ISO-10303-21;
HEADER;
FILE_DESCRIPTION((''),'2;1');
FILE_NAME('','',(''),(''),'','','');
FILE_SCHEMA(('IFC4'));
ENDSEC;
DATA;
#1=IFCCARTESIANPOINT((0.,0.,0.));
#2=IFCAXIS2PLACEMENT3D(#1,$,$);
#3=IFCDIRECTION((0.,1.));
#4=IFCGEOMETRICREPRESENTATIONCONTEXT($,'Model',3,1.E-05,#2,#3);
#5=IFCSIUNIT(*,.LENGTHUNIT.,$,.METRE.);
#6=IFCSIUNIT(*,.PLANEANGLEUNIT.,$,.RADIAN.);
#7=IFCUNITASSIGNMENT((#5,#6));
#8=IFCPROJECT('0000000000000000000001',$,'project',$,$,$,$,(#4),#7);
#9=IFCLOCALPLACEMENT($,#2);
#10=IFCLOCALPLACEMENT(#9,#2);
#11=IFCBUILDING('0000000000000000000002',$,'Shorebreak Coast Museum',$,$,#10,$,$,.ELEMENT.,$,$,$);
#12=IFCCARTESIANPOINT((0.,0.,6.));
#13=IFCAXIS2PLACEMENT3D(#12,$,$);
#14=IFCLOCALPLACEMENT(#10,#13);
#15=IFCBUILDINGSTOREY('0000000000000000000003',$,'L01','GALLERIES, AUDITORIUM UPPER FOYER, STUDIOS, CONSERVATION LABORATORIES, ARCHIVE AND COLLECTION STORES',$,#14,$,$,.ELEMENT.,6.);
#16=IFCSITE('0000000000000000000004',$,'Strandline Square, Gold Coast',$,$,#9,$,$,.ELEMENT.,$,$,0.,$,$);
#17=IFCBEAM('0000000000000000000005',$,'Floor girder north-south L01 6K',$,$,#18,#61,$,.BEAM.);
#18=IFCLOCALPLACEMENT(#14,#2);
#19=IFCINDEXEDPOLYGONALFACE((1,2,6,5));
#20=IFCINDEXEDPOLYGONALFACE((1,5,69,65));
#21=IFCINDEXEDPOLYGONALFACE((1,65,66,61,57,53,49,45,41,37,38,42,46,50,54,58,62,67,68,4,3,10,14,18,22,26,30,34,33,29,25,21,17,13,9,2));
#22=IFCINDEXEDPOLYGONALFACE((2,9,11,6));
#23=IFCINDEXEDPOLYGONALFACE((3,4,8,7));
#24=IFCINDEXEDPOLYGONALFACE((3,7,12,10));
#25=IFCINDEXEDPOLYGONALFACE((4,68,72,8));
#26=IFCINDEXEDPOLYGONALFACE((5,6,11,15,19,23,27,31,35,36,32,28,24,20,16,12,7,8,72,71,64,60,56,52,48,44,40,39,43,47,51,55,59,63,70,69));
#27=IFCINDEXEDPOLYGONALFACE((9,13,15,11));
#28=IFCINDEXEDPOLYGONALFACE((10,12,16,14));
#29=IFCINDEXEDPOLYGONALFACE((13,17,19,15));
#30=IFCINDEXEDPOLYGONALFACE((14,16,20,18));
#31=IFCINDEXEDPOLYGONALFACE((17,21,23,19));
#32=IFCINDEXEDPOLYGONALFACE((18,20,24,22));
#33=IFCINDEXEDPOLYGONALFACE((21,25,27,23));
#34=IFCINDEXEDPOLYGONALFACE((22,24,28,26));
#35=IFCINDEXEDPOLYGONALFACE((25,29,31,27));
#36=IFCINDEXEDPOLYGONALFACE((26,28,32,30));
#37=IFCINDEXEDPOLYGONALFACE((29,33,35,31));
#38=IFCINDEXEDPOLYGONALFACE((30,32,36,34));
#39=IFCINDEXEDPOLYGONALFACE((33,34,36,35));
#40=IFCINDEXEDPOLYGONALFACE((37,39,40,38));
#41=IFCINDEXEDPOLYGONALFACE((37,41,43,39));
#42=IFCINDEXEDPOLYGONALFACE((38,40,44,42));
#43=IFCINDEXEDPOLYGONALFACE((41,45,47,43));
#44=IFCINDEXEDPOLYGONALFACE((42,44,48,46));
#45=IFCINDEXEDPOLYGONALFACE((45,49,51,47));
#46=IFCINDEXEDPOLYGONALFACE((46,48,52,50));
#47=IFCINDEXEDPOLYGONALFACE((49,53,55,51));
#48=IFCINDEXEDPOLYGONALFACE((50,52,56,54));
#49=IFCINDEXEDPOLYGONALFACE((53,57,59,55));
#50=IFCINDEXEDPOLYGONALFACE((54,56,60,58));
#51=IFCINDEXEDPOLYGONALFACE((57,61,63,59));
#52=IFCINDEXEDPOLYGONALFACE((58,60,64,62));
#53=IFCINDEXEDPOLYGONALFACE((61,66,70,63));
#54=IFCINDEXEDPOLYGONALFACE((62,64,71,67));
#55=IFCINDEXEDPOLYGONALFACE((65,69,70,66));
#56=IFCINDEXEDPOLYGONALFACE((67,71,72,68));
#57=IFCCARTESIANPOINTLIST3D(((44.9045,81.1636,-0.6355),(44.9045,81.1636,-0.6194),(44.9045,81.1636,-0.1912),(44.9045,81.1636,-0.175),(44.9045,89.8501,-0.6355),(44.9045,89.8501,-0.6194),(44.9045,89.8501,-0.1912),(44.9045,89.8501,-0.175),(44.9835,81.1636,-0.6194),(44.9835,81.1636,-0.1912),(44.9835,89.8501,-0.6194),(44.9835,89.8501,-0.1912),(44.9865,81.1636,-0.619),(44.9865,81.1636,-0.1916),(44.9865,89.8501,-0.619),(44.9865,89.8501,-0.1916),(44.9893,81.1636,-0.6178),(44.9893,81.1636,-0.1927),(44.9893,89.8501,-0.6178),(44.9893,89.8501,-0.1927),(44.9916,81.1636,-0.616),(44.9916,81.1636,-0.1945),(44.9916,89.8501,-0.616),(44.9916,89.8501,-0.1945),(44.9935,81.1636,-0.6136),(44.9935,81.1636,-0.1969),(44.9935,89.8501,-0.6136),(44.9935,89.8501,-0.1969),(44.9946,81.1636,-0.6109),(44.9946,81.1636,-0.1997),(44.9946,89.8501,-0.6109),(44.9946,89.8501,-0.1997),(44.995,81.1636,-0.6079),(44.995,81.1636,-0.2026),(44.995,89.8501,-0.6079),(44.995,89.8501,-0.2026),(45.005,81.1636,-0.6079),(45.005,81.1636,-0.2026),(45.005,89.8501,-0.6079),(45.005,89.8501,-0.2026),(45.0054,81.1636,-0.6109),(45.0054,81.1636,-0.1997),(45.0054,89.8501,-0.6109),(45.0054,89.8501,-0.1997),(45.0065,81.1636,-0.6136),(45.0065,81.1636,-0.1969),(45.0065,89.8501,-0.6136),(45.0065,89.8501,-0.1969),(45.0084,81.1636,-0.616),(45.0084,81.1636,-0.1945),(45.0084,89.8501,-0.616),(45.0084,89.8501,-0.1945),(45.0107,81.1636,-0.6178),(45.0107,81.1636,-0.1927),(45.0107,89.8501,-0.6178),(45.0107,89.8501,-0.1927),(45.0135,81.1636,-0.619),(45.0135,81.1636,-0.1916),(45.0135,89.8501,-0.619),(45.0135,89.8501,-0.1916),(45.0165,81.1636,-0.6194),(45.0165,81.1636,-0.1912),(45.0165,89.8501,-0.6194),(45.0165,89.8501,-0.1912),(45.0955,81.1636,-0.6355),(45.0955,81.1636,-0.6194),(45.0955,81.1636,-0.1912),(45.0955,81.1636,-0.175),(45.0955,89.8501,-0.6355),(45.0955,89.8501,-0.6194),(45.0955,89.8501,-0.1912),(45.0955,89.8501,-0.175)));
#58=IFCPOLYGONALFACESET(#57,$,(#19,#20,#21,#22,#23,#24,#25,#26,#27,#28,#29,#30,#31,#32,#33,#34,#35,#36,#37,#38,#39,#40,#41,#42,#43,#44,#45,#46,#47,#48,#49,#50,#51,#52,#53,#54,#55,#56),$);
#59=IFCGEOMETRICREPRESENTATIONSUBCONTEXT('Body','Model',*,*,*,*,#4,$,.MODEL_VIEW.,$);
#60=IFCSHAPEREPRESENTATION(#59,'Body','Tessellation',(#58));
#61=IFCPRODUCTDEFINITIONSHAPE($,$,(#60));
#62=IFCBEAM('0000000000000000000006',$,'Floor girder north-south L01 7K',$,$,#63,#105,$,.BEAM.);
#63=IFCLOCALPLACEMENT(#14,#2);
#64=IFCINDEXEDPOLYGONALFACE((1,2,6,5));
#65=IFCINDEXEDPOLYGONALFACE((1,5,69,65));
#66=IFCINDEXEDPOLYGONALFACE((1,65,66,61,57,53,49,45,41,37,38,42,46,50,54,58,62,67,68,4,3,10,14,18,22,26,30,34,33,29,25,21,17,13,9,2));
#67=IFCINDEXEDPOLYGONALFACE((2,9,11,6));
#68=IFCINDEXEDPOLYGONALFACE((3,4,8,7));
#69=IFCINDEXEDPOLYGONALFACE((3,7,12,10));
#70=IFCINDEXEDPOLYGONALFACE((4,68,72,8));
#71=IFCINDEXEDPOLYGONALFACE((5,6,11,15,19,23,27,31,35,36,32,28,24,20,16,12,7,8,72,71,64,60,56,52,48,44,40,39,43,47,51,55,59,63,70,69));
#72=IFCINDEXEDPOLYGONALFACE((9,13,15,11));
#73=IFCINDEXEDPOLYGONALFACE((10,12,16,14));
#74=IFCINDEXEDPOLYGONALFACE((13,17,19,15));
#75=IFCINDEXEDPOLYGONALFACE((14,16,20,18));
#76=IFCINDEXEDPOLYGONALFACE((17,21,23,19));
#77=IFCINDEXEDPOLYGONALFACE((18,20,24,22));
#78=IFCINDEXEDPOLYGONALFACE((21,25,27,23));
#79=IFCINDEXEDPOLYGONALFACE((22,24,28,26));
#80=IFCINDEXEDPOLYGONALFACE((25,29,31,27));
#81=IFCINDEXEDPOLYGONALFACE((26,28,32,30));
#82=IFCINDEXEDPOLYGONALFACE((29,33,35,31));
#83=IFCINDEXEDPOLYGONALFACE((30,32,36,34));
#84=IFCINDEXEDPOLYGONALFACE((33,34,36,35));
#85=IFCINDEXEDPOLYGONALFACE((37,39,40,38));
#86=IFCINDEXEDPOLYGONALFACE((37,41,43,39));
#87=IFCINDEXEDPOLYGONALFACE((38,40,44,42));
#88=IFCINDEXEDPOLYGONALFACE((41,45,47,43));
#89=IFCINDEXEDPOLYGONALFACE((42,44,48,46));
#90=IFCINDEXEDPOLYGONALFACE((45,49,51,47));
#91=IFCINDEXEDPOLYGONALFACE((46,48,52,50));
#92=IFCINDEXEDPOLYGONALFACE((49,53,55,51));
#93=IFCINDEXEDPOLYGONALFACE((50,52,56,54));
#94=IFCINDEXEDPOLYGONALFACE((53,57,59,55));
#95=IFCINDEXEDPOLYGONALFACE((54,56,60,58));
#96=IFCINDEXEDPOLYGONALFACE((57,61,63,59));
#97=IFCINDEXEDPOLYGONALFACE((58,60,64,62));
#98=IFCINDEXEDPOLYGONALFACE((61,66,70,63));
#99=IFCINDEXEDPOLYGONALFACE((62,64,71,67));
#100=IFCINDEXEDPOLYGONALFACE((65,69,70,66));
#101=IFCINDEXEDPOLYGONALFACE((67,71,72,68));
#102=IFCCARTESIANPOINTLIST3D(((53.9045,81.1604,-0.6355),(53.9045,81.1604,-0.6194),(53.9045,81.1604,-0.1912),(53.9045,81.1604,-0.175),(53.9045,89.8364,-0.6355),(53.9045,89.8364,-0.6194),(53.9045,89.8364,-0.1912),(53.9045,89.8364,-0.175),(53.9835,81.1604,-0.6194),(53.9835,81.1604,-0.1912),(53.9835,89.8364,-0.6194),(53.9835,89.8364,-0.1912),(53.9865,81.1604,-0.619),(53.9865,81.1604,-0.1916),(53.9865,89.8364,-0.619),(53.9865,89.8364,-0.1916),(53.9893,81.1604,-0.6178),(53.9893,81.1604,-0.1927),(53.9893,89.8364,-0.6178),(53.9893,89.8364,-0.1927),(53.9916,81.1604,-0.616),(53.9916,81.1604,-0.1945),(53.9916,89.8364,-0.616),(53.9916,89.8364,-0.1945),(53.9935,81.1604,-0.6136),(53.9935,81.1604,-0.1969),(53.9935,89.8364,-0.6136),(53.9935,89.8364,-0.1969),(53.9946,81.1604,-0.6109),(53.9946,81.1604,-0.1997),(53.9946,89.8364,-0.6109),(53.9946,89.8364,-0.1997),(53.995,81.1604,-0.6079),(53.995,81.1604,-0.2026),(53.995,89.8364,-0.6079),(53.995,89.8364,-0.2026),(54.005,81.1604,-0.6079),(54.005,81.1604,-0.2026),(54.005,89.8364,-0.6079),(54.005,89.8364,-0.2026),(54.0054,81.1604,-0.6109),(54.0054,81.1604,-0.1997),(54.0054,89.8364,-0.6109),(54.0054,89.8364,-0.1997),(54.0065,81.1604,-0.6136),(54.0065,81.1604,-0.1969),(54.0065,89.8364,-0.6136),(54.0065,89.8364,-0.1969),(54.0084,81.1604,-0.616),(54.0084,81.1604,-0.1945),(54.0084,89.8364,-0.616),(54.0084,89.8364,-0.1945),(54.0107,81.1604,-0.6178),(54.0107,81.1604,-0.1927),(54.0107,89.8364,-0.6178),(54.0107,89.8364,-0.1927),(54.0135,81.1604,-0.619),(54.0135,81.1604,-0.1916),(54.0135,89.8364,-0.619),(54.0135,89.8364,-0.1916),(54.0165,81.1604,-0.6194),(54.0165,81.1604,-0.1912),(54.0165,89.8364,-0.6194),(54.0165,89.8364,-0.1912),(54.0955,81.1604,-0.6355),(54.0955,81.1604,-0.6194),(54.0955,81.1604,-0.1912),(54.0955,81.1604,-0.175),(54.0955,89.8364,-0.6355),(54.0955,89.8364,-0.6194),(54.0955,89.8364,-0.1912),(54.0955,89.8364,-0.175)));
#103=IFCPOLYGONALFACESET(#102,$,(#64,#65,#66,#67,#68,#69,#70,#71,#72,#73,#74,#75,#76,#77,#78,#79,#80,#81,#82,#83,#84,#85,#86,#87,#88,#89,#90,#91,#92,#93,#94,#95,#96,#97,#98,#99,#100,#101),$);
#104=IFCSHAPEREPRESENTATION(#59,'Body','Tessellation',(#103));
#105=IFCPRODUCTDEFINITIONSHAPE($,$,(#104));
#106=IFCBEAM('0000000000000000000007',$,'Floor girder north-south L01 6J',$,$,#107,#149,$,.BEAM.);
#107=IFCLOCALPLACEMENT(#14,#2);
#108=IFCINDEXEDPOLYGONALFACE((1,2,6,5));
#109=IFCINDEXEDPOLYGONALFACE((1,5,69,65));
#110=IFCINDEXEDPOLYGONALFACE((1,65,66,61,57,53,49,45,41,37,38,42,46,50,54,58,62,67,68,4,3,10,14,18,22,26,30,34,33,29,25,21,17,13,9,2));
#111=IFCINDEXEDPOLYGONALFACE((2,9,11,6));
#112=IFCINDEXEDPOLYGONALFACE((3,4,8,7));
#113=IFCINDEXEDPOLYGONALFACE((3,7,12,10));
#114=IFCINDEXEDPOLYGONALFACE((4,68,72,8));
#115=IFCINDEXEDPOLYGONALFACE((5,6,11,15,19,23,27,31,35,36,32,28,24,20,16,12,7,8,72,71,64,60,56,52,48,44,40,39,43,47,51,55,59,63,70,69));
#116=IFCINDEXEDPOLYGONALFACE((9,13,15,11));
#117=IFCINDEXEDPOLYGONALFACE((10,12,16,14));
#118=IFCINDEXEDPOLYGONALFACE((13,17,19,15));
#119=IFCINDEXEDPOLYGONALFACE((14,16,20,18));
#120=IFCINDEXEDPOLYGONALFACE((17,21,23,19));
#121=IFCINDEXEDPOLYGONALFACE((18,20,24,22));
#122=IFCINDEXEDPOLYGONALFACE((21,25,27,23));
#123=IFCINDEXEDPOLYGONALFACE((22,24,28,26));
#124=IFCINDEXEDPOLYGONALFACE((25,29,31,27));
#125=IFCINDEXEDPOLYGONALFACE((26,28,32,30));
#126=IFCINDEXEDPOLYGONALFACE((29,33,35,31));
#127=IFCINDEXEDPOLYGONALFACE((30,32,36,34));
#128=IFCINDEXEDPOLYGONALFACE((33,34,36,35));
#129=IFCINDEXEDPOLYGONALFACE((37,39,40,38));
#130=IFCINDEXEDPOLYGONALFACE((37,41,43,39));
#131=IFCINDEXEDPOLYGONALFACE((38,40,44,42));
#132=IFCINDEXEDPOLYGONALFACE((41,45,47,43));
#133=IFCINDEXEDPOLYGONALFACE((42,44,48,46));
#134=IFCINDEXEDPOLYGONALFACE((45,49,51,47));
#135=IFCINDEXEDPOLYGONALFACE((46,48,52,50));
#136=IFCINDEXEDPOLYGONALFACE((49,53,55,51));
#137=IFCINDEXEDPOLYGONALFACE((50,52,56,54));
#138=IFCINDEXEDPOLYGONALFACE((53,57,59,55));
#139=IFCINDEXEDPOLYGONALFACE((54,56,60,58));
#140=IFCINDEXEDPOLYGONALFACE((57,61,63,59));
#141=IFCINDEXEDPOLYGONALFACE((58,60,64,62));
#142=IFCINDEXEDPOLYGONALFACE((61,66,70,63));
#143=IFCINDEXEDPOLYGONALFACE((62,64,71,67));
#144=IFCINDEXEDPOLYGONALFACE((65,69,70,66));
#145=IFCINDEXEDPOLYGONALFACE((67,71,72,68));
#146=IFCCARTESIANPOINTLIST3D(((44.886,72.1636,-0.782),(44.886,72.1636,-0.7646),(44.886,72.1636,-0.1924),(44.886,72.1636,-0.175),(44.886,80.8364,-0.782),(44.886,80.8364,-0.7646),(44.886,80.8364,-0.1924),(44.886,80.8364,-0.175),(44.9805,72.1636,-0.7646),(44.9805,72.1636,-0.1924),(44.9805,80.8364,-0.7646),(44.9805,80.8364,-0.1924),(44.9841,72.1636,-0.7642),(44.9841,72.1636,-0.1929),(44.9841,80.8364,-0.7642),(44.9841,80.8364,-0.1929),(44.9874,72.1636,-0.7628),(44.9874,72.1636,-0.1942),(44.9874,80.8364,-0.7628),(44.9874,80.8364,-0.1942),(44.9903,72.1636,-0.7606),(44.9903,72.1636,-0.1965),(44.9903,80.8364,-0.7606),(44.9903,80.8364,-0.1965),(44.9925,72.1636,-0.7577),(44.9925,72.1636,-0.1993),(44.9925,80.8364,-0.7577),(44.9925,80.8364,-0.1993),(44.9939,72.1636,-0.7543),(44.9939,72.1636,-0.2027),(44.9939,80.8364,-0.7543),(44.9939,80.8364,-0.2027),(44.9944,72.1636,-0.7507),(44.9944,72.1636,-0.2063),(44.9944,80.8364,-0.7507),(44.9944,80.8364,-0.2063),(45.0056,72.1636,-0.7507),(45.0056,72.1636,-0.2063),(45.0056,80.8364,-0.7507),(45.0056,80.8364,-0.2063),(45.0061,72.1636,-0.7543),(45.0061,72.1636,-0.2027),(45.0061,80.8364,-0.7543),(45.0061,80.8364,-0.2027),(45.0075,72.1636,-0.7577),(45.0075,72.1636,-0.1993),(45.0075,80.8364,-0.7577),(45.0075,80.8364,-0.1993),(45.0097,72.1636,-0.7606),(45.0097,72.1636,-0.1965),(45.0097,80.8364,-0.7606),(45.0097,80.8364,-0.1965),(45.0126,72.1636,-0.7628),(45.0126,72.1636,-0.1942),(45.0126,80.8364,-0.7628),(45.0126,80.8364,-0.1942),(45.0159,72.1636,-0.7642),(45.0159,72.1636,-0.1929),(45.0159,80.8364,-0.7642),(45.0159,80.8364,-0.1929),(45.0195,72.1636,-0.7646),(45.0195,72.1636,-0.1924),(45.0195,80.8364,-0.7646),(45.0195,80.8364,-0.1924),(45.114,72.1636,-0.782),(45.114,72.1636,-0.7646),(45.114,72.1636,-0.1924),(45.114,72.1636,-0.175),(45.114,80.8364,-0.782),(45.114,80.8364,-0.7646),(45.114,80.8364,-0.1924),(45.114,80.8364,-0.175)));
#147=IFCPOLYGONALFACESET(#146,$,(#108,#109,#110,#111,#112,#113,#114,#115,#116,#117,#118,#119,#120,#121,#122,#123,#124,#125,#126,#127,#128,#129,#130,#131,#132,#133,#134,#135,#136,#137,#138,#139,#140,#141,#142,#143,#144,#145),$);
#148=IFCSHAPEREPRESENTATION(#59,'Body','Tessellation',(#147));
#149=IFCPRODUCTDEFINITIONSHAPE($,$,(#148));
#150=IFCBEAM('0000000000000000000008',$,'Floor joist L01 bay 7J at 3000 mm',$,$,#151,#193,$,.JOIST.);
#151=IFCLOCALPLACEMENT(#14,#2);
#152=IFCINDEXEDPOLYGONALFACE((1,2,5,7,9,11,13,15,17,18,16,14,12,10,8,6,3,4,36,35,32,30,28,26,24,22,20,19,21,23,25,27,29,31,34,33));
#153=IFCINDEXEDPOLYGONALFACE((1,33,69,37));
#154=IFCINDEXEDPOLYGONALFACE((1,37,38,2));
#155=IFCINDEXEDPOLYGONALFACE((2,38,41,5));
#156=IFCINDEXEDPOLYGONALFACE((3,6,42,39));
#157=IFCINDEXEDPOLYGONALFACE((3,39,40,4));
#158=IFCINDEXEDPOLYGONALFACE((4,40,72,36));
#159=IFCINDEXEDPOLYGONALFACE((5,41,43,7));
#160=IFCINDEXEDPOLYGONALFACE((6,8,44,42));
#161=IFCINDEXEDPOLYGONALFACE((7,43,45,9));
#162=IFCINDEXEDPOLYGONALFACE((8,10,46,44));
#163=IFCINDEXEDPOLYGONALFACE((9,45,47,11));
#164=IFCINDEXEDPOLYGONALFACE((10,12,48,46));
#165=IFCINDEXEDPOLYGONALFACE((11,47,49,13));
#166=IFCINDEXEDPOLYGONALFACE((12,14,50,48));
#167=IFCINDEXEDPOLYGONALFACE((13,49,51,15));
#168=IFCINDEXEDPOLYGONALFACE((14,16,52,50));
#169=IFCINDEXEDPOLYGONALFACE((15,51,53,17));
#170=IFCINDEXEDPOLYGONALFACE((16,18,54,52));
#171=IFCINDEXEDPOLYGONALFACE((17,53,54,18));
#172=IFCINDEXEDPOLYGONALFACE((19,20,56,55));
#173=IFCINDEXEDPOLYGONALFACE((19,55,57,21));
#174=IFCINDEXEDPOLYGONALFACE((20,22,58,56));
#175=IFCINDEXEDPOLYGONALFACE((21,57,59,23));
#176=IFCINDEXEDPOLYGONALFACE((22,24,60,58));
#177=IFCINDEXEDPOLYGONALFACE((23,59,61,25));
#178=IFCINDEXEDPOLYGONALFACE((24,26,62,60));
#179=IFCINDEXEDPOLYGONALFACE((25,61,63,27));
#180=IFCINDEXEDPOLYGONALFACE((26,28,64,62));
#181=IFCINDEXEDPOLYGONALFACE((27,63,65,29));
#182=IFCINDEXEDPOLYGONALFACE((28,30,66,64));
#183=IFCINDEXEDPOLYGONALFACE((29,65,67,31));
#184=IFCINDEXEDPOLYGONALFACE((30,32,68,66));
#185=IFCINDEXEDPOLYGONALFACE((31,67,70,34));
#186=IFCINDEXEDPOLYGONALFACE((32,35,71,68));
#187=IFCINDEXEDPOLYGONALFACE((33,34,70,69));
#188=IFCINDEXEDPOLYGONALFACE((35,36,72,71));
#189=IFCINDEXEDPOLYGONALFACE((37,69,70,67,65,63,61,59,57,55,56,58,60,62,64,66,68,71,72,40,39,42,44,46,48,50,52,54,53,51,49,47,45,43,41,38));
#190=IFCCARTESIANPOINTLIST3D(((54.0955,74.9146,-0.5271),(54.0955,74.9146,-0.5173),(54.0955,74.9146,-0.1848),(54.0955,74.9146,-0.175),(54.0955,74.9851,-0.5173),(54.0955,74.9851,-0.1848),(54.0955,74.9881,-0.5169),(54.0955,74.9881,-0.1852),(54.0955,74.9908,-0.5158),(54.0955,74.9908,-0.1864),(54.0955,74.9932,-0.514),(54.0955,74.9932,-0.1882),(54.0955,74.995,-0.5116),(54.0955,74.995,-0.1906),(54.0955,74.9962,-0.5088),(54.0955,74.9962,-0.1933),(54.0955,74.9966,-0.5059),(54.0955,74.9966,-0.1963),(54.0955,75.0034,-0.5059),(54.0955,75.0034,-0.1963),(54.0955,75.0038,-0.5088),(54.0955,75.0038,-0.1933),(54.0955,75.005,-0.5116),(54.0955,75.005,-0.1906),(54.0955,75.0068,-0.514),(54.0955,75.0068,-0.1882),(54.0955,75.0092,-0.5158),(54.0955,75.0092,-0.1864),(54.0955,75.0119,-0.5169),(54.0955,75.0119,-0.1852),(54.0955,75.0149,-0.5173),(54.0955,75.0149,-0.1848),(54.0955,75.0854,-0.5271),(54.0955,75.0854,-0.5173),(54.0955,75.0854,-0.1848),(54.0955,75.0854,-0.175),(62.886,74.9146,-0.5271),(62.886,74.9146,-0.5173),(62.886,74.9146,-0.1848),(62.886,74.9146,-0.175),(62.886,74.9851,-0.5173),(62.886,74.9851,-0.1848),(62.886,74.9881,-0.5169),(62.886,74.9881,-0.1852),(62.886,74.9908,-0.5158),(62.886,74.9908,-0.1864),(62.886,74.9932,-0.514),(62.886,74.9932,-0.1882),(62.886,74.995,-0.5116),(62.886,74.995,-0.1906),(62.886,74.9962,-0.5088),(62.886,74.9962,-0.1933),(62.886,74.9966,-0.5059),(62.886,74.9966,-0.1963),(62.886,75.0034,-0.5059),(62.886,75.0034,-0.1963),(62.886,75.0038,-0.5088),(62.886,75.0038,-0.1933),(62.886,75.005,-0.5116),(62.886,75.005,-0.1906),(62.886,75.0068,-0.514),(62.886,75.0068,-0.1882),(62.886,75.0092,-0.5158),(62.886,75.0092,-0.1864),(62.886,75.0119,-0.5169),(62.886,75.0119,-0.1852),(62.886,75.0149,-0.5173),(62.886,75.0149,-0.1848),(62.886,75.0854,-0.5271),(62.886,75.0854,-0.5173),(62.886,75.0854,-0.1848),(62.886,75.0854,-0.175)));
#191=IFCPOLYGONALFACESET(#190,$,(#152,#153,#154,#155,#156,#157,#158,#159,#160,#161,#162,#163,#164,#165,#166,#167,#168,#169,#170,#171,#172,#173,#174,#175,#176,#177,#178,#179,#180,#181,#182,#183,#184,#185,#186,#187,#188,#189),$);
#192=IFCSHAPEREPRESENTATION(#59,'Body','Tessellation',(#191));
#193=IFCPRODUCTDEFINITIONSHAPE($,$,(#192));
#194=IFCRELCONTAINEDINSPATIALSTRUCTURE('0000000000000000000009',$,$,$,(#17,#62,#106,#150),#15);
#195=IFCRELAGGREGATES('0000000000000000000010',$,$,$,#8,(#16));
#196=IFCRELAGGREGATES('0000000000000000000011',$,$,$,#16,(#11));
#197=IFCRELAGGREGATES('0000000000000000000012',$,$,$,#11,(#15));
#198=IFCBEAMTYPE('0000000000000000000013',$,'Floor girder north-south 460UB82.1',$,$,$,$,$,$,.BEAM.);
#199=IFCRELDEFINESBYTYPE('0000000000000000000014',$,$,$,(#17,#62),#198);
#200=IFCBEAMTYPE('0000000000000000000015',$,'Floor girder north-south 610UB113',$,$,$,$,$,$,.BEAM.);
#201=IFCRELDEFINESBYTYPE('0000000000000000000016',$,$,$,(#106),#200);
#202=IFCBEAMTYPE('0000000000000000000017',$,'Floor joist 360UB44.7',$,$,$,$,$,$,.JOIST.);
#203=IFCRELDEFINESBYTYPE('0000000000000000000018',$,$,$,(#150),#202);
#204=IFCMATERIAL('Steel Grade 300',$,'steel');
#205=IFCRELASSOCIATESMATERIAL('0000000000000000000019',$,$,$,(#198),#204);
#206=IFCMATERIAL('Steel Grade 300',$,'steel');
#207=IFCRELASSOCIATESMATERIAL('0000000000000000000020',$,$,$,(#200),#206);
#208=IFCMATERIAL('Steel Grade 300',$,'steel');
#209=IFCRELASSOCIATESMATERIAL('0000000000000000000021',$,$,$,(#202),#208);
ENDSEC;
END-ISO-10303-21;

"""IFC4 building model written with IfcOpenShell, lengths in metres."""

from ifc_helpers import new_model, si_unit, direction, frame, origin, origin_2d, place, context, subcontext, project, spatial, i_section, extrude, material, material_profile, profile_set, type_object, element, save


model = new_model("IFC4")

# Units and contexts
model_context = context("Model", 3, precision=1e-05, world=origin(), true_north=direction((0.0, 1.0)))
body_context = subcontext(model_context, "Body", "Model", "MODEL_VIEW")
ifc_project = project(units=[si_unit("LENGTHUNIT", "METRE"), si_unit("PLANEANGLEUNIT", "RADIAN")], contexts=[model_context])

# Site, building, storey
site_placement = place(None, origin())
site = spatial("IfcSite", under=ifc_project, at=site_placement, Name="Strandline Square, Gold Coast", CompositionType="ELEMENT", RefElevation=0.0)
building_placement = place(site_placement, origin())
building = spatial("IfcBuilding", under=site, at=building_placement, Name="Shorebreak Coast Museum", CompositionType="ELEMENT")
storey_placement = place(building_placement, frame((0.0, 0.0, 6.0)))
storey = spatial("IfcBuildingStorey", under=building, at=storey_placement, Name="L01", Description="GALLERIES, AUDITORIUM UPPER FOYER, STUDIOS, CONSERVATION LABORATORIES, ARCHIVE AND COLLECTION STORES", CompositionType="ELEMENT", Elevation=6.0)

# Beams
ifc_material_1 = material(Name="Steel Grade 300", Category="steel")
ifc_material_profile_1 = material_profile(ifc_material_1, i_section(OverallWidth=0.1909, OverallDepth=0.4604, WebThickness=0.01, FlangeThickness=0.0161, FilletRadius=0.0115, at=origin_2d()), Name="460UB82.1")
ifc_profile_set_1 = profile_set([ifc_material_profile_1], Name="Steel Grade 300")
beam_type_1 = type_object("IfcBeamType", Name="Floor girder north-south 460UB82.1", PredefinedType="BEAM", material=ifc_profile_set_1)
beam_1_placement = place(storey_placement, frame((45.0, 81.1636, -0.4053), z_axis=(0.0, 1.0, 0.0), x_axis=(-1.0, 0.0, 0.0)))
element("IfcBeam", 1, at=beam_1_placement, inside=storey, type_object=beam_type_1, Name="Floor girder north-south L01 6K", PredefinedType="BEAM", context=body_context, shape_type="SweptSolid", body=[
    extrude(i_section(OverallWidth=0.1909, OverallDepth=0.4604, WebThickness=0.01, FlangeThickness=0.0161, FilletRadius=0.0115, at=origin_2d()), origin(), (0.0, 0.0, 1.0), 8.6865),
])
beam_2_placement = place(storey_placement, frame((54.0, 81.1604, -0.4053), z_axis=(0.0, 1.0, 0.0), x_axis=(-1.0, 0.0, 0.0)))
element("IfcBeam", 2, at=beam_2_placement, inside=storey, type_object=beam_type_1, Name="Floor girder north-south L01 7K", PredefinedType="BEAM", context=body_context, shape_type="SweptSolid", body=[
    extrude(i_section(OverallWidth=0.1909, OverallDepth=0.4604, WebThickness=0.01, FlangeThickness=0.0161, FilletRadius=0.0115, at=origin_2d()), origin(), (0.0, 0.0, 1.0), 8.676),
])
ifc_material_2 = material(Name="Steel Grade 300", Category="steel")
ifc_material_profile_2 = material_profile(ifc_material_2, i_section(OverallWidth=0.228, OverallDepth=0.6069, WebThickness=0.0112, FlangeThickness=0.0173, FilletRadius=0.0139, at=origin_2d()), Name="610UB113")
ifc_profile_set_2 = profile_set([ifc_material_profile_2], Name="Steel Grade 300")
beam_type_2 = type_object("IfcBeamType", Name="Floor girder north-south 610UB113", PredefinedType="BEAM", material=ifc_profile_set_2)
beam_3_placement = place(storey_placement, frame((45.0, 72.1636, -0.4785), z_axis=(0.0, 1.0, 0.0), x_axis=(-1.0, 0.0, 0.0)))
element("IfcBeam", 3, at=beam_3_placement, inside=storey, type_object=beam_type_2, Name="Floor girder north-south L01 6J", PredefinedType="BEAM", context=body_context, shape_type="SweptSolid", body=[
    extrude(i_section(OverallWidth=0.228, OverallDepth=0.6069, WebThickness=0.0112, FlangeThickness=0.0173, FilletRadius=0.0139, at=origin_2d()), origin(), (0.0, 0.0, 1.0), 8.6729),
])
ifc_material_3 = material(Name="Steel Grade 300", Category="steel")
ifc_material_profile_3 = material_profile(ifc_material_3, i_section(OverallWidth=0.1709, OverallDepth=0.3521, WebThickness=0.0068, FlangeThickness=0.0098, FilletRadius=0.0115, at=origin_2d()), Name="360UB44.7")
ifc_profile_set_3 = profile_set([ifc_material_profile_3], Name="Steel Grade 300")
beam_type_3 = type_object("IfcBeamType", Name="Floor joist 360UB44.7", PredefinedType="JOIST", material=ifc_profile_set_3)
for number, where, z_axis, x_axis, name in (
    (4, (54.0955, 75.0, -0.3511), (1.0, 0.0, 0.0), (0.0, 1.0, 0.0), "Floor joist L01 bay 7J at 3000 mm"),
):
    element("IfcBeam", number, at=place(storey_placement, frame(where, z_axis=z_axis, x_axis=x_axis)), inside=storey, type_object=beam_type_3, Name=name, PredefinedType="JOIST", context=body_context, shape_type="SweptSolid", body=[
        extrude(i_section(OverallWidth=0.1709, OverallDepth=0.3521, WebThickness=0.0068, FlangeThickness=0.0098, FilletRadius=0.0115, at=origin_2d()), origin(), (0.0, 0.0, 1.0), 8.7905),
    ])

save(model, "model.ifc")
